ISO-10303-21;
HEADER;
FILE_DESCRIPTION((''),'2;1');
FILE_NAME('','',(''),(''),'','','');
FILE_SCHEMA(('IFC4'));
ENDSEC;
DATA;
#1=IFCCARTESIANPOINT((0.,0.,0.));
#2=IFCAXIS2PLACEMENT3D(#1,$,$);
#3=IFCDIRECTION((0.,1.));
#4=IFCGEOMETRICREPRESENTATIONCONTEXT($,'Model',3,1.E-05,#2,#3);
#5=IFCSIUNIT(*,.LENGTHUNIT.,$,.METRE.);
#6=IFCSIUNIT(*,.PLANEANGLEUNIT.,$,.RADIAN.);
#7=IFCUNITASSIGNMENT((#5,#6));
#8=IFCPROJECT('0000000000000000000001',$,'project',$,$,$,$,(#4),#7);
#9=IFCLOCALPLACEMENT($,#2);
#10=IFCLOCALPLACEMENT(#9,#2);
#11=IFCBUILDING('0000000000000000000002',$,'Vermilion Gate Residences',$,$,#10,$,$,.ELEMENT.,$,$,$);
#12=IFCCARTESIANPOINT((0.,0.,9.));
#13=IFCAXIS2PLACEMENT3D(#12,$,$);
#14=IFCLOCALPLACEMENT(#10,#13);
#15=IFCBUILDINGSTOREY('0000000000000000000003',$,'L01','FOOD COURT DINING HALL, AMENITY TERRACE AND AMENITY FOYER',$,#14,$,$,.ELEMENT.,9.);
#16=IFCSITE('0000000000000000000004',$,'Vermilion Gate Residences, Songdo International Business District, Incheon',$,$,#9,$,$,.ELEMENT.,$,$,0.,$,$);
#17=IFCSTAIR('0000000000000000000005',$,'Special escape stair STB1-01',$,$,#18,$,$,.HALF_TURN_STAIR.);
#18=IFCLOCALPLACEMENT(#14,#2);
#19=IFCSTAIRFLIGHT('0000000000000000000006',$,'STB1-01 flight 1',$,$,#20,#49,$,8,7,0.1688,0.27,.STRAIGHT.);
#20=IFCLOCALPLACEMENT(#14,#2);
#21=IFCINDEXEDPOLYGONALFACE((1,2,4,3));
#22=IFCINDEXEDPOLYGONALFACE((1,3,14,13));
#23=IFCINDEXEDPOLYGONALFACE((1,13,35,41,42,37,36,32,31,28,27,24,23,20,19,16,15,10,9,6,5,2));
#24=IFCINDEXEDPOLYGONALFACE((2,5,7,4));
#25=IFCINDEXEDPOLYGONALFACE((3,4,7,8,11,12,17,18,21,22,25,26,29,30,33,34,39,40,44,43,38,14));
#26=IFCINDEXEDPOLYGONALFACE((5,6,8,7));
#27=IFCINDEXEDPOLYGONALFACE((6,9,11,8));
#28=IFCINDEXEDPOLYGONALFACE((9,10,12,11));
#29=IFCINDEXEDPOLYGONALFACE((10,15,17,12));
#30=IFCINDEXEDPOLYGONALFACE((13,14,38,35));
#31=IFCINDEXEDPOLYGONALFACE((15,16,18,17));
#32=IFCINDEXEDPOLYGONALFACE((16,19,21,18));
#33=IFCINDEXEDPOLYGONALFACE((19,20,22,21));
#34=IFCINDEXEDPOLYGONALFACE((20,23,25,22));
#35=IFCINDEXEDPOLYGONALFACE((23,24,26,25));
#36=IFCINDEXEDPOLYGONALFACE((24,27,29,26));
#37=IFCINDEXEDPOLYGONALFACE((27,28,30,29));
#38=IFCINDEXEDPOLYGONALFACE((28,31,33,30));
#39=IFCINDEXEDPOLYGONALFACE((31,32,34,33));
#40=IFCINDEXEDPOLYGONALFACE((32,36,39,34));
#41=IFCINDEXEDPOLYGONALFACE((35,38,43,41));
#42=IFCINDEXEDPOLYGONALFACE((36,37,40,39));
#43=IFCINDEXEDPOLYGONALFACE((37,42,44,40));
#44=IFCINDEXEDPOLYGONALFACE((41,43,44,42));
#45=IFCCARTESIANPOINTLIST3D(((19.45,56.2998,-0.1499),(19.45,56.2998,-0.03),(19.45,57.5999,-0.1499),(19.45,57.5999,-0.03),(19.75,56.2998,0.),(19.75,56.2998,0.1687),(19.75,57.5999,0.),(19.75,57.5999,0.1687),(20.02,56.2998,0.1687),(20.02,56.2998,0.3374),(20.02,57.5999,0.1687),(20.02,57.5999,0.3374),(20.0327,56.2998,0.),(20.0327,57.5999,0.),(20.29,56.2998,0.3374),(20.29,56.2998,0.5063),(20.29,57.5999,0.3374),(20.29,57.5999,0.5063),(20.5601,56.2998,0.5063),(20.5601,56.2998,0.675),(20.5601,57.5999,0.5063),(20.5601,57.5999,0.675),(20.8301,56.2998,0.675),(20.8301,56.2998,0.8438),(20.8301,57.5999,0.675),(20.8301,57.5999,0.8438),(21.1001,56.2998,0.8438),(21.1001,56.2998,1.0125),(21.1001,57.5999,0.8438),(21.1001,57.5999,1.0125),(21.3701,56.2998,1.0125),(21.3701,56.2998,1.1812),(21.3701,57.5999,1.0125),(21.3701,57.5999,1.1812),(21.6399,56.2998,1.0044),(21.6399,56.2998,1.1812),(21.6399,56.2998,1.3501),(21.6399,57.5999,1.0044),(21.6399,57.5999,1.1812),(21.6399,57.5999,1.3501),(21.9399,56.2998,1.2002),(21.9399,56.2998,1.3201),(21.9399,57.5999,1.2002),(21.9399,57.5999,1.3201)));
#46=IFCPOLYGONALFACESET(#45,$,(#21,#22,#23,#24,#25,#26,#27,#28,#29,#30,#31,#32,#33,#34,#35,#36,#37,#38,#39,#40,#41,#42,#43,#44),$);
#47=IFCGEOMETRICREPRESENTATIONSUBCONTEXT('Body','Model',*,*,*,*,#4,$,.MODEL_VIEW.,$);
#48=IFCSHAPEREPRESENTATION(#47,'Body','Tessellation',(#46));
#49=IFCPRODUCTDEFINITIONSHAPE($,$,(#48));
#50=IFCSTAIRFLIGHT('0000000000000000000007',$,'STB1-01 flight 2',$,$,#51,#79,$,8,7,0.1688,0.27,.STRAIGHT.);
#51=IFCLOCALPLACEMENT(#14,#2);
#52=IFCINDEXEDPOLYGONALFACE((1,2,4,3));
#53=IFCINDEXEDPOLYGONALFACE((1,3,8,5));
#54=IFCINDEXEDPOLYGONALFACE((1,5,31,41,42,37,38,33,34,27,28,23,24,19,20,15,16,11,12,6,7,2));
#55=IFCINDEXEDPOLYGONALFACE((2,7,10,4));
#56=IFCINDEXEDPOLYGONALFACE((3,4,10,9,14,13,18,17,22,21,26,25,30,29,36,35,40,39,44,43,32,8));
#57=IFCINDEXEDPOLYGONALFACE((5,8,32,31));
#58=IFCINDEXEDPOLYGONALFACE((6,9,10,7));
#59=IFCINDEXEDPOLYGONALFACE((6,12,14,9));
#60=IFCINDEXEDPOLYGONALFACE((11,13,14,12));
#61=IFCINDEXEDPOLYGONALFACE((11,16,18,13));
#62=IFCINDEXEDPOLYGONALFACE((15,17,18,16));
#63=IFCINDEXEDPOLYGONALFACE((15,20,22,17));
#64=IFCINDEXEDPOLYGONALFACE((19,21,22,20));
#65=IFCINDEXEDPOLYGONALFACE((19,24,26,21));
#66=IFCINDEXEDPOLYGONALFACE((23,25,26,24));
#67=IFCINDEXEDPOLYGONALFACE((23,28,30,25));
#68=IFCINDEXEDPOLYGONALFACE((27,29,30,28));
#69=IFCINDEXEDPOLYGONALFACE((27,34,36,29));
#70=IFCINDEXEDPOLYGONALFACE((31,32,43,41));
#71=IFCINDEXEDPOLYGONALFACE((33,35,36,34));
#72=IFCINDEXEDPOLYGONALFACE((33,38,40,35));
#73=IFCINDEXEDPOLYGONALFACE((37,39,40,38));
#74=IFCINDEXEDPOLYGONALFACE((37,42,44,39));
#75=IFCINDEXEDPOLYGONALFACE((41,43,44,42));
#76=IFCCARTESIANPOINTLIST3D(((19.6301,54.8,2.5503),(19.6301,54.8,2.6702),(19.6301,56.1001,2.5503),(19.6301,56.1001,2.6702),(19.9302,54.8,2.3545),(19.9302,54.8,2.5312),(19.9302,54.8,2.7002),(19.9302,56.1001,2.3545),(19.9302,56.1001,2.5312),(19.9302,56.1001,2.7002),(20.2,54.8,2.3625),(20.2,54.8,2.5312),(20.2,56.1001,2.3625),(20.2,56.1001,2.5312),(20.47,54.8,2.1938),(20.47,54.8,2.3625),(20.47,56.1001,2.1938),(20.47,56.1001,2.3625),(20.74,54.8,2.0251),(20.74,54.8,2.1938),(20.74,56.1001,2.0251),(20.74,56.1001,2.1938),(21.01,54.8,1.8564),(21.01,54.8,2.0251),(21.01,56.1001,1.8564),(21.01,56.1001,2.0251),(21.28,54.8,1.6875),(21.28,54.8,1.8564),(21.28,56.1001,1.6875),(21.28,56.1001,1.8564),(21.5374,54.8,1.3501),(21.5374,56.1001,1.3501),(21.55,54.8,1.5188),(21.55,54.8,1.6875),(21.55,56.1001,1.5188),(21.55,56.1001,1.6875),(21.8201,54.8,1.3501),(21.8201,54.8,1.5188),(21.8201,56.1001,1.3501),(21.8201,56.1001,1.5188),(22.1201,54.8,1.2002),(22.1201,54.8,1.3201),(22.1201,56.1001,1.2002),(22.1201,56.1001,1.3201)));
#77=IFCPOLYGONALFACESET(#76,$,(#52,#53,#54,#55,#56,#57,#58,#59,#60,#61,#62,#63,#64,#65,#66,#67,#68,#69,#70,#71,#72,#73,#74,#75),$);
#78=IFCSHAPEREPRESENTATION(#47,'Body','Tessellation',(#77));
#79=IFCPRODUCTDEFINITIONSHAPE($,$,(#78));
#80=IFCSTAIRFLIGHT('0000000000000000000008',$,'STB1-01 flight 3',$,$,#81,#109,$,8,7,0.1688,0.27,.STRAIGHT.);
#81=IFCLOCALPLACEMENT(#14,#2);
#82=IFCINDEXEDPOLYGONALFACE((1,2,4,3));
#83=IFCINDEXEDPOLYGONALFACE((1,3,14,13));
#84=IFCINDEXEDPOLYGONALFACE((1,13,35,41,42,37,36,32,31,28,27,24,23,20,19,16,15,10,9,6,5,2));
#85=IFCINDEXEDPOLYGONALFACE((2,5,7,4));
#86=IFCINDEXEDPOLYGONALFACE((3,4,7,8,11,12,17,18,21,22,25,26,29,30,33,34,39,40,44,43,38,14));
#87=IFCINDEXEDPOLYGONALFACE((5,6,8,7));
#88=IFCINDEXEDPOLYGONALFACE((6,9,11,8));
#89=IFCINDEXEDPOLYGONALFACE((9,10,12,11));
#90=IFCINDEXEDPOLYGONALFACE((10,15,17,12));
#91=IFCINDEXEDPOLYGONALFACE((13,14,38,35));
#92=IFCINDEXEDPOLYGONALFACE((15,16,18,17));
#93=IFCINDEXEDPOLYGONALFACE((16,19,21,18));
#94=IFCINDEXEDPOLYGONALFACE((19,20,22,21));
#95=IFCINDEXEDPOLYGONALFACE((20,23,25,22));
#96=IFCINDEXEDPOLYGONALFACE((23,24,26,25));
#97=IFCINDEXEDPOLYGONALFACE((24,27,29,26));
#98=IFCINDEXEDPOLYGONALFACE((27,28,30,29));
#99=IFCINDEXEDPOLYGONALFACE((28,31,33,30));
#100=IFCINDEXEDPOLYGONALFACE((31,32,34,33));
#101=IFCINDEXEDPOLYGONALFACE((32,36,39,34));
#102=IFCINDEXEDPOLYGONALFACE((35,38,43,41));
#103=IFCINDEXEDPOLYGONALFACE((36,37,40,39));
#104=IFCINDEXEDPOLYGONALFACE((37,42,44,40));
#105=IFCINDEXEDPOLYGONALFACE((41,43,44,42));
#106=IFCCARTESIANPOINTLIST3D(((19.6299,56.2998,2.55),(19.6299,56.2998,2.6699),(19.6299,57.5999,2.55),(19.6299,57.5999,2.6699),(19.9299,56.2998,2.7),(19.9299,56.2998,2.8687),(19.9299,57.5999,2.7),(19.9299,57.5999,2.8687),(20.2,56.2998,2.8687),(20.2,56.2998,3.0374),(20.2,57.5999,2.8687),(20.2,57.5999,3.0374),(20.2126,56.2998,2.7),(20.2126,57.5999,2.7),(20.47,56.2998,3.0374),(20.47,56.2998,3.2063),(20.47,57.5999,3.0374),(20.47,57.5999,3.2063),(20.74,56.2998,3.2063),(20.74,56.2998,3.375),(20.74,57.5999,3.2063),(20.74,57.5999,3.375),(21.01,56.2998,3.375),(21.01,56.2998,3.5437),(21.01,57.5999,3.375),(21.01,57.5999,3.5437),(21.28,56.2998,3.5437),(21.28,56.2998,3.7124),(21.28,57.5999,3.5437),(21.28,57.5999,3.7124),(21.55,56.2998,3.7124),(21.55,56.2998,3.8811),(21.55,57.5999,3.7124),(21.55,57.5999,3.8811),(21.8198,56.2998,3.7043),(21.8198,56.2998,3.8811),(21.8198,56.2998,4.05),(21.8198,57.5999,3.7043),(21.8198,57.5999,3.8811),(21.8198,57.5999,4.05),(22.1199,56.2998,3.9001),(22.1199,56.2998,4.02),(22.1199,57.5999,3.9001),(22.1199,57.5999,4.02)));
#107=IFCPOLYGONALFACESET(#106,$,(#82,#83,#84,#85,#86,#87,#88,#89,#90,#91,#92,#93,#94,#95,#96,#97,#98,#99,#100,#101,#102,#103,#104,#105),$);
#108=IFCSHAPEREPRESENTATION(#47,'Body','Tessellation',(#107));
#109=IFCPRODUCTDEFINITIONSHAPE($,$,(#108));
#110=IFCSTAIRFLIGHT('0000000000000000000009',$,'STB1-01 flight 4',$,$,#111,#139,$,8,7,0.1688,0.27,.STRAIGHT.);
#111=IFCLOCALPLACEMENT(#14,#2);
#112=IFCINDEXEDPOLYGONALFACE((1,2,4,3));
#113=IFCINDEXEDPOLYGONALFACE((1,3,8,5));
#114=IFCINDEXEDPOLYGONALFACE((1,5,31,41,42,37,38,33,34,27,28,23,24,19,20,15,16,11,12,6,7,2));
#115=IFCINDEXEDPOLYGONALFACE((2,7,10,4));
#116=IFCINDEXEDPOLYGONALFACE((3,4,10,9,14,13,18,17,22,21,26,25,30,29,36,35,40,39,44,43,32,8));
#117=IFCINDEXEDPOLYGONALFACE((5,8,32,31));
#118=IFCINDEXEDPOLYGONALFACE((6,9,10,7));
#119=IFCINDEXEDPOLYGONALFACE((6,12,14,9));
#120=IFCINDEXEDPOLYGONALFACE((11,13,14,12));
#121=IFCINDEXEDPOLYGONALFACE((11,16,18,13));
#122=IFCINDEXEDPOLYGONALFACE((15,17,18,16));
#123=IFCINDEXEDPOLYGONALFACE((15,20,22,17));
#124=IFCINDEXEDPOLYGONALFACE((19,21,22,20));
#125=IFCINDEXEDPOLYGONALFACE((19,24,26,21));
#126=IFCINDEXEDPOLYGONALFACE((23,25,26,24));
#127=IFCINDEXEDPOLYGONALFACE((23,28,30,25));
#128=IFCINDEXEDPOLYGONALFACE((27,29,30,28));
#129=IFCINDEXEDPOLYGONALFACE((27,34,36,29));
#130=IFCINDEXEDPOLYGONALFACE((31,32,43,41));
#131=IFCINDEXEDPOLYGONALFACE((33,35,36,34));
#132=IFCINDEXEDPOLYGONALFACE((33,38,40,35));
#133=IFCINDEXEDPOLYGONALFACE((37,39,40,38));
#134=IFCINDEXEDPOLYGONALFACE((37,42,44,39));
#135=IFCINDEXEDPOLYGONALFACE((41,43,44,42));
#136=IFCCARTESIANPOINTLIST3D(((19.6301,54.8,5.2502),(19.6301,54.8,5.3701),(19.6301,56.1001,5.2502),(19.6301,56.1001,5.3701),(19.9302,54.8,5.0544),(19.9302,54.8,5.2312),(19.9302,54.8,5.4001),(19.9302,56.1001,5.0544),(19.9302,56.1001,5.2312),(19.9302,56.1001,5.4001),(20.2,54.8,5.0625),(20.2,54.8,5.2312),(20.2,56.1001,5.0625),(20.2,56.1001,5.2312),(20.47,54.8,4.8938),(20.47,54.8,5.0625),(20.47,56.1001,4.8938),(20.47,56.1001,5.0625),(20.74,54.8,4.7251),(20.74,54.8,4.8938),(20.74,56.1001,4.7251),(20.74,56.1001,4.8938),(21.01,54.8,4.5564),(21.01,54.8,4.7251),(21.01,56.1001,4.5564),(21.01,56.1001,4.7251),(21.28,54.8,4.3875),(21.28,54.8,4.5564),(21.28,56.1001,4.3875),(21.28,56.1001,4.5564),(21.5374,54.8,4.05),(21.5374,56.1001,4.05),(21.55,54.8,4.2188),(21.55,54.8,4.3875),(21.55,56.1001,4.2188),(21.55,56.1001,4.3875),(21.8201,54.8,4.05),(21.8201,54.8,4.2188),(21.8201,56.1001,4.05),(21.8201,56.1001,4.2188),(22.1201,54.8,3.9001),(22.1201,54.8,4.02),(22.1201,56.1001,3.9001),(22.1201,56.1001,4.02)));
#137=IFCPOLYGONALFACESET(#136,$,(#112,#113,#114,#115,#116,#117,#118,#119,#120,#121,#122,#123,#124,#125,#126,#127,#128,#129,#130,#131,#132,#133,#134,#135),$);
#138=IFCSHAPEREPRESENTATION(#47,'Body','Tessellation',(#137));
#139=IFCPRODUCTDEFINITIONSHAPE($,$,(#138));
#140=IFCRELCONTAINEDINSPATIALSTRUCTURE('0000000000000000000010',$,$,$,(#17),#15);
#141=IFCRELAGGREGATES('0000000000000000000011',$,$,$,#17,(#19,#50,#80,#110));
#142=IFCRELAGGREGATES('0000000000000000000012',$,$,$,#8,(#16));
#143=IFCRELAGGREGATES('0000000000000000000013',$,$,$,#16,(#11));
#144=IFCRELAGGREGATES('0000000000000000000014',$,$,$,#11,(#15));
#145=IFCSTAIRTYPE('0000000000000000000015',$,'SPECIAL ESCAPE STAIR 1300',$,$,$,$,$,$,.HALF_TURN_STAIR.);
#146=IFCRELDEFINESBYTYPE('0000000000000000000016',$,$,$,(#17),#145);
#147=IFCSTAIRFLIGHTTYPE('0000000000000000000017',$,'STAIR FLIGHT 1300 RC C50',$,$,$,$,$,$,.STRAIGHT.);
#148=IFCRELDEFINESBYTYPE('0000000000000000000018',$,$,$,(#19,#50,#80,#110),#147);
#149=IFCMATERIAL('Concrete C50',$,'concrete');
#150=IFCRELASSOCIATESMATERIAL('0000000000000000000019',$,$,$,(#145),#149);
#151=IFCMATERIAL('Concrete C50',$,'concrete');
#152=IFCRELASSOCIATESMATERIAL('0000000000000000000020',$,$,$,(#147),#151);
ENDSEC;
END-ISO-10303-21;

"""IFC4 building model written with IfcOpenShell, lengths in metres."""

from ifc_helpers import new_model, si_unit, direction, frame, origin, place, context, subcontext, project, spatial, polyline, outline, extrude, material, type_object, element, aggregate, save


model = new_model("IFC4")

# Units and contexts
model_context = context("Model", 3, precision=1e-05, world=origin(), true_north=direction((0.0, 1.0)))
body_context = subcontext(model_context, "Body", "Model", "MODEL_VIEW")
ifc_project = project(units=[si_unit("LENGTHUNIT", "METRE"), si_unit("PLANEANGLEUNIT", "RADIAN")], contexts=[model_context])

# Site, building, storey
site_placement = place(None, origin())
site = spatial("IfcSite", under=ifc_project, at=site_placement, Name="Vermilion Gate Residences, Songdo International Business District, Incheon", CompositionType="ELEMENT", RefElevation=0.0)
building_placement = place(site_placement, origin())
building = spatial("IfcBuilding", under=site, at=building_placement, Name="Vermilion Gate Residences", CompositionType="ELEMENT")
storey_placement = place(building_placement, frame((0.0, 0.0, 9.0)))
storey = spatial("IfcBuildingStorey", under=building, at=storey_placement, Name="L01", Description="FOOD COURT DINING HALL, AMENITY TERRACE AND AMENITY FOYER", CompositionType="ELEMENT", Elevation=9.0)

# Stair, stair flights
ifc_material_1 = material(Name="Concrete C50", Category="concrete")
stair_type = type_object("IfcStairType", Name="SPECIAL ESCAPE STAIR 1300", PredefinedType="HALF_TURN_STAIR", material=ifc_material_1)
stair_placement = place(storey_placement, origin())
stair = element("IfcStair", 1, at=stair_placement, inside=storey, type_object=stair_type, Name="Special escape stair STB1-01", PredefinedType="HALF_TURN_STAIR")
ifc_material_2 = material(Name="Concrete C50", Category="concrete")
stair_flight_type = type_object("IfcStairFlightType", Name="STAIR FLIGHT 1300 RC C50", PredefinedType="STRAIGHT", material=ifc_material_2)
stair_flight_1_placement = place(storey_placement, frame((19.75, 56.95, 0.0), z_axis=(0.0, 0.0, 1.0), x_axis=(1.0, 0.0, 0.0)))
stair_flight_1 = element("IfcStairFlight", 2, at=stair_flight_1_placement, type_object=stair_flight_type, Name="STB1-01 flight 1", NumberOfRisers=8, NumberOfTreads=7, PredefinedType="STRAIGHT", RiserHeight=0.1688, TreadLength=0.27, context=body_context, shape_type="SweptSolid", body=[
    extrude(outline(polyline([(-0.3, -0.1499), (-0.3, -0.03), (0.0, 0.0), (0.0, 0.1687), (0.27, 0.1687), (0.27, 0.3374), (0.54, 0.3374), (0.54, 0.5063), (0.8101, 0.5063), (0.8101, 0.675), (1.0801, 0.675), (1.0801, 0.8438), (1.3501, 0.8438), (1.3501, 1.0125), (1.6201, 1.0125), (1.6201, 1.1812), (1.8899, 1.1812), (1.8899, 1.3501), (2.1899, 1.3201), (2.1899, 1.2002), (1.8899, 1.0044), (0.2827, 0.0), (-0.3, -0.1499)])), frame((0.0, 0.6499, 0.0), z_axis=(0.0, -1.0, 0.0), x_axis=(1.0, 0.0, 0.0)), (0.0, 0.0, 1.0), 1.3),
])
stair_flight_2_placement = place(storey_placement, frame((21.8201, 55.45, 1.3501), z_axis=(0.0, 0.0, 1.0), x_axis=(-1.0, 0.0, 0.0)))
stair_flight_2 = element("IfcStairFlight", 3, at=stair_flight_2_placement, type_object=stair_flight_type, Name="STB1-01 flight 2", NumberOfRisers=8, NumberOfTreads=7, PredefinedType="STRAIGHT", RiserHeight=0.1688, TreadLength=0.27, context=body_context, shape_type="SweptSolid", body=[
    extrude(outline(polyline([(-0.3, -0.1499), (-0.3, -0.03), (0.0, 0.0), (0.0, 0.1687), (0.27, 0.1687), (0.27, 0.3374), (0.54, 0.3374), (0.54, 0.5063), (0.8101, 0.5063), (0.8101, 0.675), (1.0801, 0.675), (1.0801, 0.8438), (1.3501, 0.8438), (1.3501, 1.0125), (1.6201, 1.0125), (1.6201, 1.1812), (1.8899, 1.1812), (1.8899, 1.3501), (2.1899, 1.3201), (2.1899, 1.2002), (1.8899, 1.0044), (0.2827, 0.0), (-0.3, -0.1499)])), frame((0.0, 0.6499, 0.0), z_axis=(0.0, -1.0, 0.0), x_axis=(1.0, 0.0, 0.0)), (0.0, 0.0, 1.0), 1.3),
])
stair_flight_3_placement = place(storey_placement, frame((19.9299, 56.95, 2.7), z_axis=(0.0, 0.0, 1.0), x_axis=(1.0, 0.0, 0.0)))
stair_flight_3 = element("IfcStairFlight", 4, at=stair_flight_3_placement, type_object=stair_flight_type, Name="STB1-01 flight 3", NumberOfRisers=8, NumberOfTreads=7, PredefinedType="STRAIGHT", RiserHeight=0.1688, TreadLength=0.27, context=body_context, shape_type="SweptSolid", body=[
    extrude(outline(polyline([(-0.3, -0.1499), (-0.3, -0.03), (0.0, 0.0), (0.0, 0.1687), (0.27, 0.1687), (0.27, 0.3374), (0.54, 0.3374), (0.54, 0.5063), (0.8101, 0.5063), (0.8101, 0.675), (1.0801, 0.675), (1.0801, 0.8438), (1.3501, 0.8438), (1.3501, 1.0125), (1.6201, 1.0125), (1.6201, 1.1812), (1.8899, 1.1812), (1.8899, 1.3501), (2.1899, 1.3201), (2.1899, 1.2002), (1.8899, 1.0044), (0.2827, 0.0), (-0.3, -0.1499)])), frame((0.0, 0.6499, 0.0), z_axis=(0.0, -1.0, 0.0), x_axis=(1.0, 0.0, 0.0)), (0.0, 0.0, 1.0), 1.3),
])
stair_flight_4_placement = place(storey_placement, frame((21.8201, 55.45, 4.05), z_axis=(0.0, 0.0, 1.0), x_axis=(-1.0, 0.0, 0.0)))
stair_flight_4 = element("IfcStairFlight", 5, at=stair_flight_4_placement, type_object=stair_flight_type, Name="STB1-01 flight 4", NumberOfRisers=8, NumberOfTreads=7, PredefinedType="STRAIGHT", RiserHeight=0.1688, TreadLength=0.27, context=body_context, shape_type="SweptSolid", body=[
    extrude(outline(polyline([(-0.3, -0.1499), (-0.3, -0.03), (0.0, 0.0), (0.0, 0.1687), (0.27, 0.1687), (0.27, 0.3374), (0.54, 0.3374), (0.54, 0.5063), (0.8101, 0.5063), (0.8101, 0.675), (1.0801, 0.675), (1.0801, 0.8438), (1.3501, 0.8438), (1.3501, 1.0125), (1.6201, 1.0125), (1.6201, 1.1812), (1.8899, 1.1812), (1.8899, 1.3501), (2.1899, 1.3201), (2.1899, 1.2002), (1.8899, 1.0044), (0.2827, 0.0), (-0.3, -0.1499)])), frame((0.0, 0.6499, 0.0), z_axis=(0.0, -1.0, 0.0), x_axis=(1.0, 0.0, 0.0)), (0.0, 0.0, 1.0), 1.3),
])
aggregate(stair, [stair_flight_1, stair_flight_2, stair_flight_3, stair_flight_4])

save(model, "model.ifc")
